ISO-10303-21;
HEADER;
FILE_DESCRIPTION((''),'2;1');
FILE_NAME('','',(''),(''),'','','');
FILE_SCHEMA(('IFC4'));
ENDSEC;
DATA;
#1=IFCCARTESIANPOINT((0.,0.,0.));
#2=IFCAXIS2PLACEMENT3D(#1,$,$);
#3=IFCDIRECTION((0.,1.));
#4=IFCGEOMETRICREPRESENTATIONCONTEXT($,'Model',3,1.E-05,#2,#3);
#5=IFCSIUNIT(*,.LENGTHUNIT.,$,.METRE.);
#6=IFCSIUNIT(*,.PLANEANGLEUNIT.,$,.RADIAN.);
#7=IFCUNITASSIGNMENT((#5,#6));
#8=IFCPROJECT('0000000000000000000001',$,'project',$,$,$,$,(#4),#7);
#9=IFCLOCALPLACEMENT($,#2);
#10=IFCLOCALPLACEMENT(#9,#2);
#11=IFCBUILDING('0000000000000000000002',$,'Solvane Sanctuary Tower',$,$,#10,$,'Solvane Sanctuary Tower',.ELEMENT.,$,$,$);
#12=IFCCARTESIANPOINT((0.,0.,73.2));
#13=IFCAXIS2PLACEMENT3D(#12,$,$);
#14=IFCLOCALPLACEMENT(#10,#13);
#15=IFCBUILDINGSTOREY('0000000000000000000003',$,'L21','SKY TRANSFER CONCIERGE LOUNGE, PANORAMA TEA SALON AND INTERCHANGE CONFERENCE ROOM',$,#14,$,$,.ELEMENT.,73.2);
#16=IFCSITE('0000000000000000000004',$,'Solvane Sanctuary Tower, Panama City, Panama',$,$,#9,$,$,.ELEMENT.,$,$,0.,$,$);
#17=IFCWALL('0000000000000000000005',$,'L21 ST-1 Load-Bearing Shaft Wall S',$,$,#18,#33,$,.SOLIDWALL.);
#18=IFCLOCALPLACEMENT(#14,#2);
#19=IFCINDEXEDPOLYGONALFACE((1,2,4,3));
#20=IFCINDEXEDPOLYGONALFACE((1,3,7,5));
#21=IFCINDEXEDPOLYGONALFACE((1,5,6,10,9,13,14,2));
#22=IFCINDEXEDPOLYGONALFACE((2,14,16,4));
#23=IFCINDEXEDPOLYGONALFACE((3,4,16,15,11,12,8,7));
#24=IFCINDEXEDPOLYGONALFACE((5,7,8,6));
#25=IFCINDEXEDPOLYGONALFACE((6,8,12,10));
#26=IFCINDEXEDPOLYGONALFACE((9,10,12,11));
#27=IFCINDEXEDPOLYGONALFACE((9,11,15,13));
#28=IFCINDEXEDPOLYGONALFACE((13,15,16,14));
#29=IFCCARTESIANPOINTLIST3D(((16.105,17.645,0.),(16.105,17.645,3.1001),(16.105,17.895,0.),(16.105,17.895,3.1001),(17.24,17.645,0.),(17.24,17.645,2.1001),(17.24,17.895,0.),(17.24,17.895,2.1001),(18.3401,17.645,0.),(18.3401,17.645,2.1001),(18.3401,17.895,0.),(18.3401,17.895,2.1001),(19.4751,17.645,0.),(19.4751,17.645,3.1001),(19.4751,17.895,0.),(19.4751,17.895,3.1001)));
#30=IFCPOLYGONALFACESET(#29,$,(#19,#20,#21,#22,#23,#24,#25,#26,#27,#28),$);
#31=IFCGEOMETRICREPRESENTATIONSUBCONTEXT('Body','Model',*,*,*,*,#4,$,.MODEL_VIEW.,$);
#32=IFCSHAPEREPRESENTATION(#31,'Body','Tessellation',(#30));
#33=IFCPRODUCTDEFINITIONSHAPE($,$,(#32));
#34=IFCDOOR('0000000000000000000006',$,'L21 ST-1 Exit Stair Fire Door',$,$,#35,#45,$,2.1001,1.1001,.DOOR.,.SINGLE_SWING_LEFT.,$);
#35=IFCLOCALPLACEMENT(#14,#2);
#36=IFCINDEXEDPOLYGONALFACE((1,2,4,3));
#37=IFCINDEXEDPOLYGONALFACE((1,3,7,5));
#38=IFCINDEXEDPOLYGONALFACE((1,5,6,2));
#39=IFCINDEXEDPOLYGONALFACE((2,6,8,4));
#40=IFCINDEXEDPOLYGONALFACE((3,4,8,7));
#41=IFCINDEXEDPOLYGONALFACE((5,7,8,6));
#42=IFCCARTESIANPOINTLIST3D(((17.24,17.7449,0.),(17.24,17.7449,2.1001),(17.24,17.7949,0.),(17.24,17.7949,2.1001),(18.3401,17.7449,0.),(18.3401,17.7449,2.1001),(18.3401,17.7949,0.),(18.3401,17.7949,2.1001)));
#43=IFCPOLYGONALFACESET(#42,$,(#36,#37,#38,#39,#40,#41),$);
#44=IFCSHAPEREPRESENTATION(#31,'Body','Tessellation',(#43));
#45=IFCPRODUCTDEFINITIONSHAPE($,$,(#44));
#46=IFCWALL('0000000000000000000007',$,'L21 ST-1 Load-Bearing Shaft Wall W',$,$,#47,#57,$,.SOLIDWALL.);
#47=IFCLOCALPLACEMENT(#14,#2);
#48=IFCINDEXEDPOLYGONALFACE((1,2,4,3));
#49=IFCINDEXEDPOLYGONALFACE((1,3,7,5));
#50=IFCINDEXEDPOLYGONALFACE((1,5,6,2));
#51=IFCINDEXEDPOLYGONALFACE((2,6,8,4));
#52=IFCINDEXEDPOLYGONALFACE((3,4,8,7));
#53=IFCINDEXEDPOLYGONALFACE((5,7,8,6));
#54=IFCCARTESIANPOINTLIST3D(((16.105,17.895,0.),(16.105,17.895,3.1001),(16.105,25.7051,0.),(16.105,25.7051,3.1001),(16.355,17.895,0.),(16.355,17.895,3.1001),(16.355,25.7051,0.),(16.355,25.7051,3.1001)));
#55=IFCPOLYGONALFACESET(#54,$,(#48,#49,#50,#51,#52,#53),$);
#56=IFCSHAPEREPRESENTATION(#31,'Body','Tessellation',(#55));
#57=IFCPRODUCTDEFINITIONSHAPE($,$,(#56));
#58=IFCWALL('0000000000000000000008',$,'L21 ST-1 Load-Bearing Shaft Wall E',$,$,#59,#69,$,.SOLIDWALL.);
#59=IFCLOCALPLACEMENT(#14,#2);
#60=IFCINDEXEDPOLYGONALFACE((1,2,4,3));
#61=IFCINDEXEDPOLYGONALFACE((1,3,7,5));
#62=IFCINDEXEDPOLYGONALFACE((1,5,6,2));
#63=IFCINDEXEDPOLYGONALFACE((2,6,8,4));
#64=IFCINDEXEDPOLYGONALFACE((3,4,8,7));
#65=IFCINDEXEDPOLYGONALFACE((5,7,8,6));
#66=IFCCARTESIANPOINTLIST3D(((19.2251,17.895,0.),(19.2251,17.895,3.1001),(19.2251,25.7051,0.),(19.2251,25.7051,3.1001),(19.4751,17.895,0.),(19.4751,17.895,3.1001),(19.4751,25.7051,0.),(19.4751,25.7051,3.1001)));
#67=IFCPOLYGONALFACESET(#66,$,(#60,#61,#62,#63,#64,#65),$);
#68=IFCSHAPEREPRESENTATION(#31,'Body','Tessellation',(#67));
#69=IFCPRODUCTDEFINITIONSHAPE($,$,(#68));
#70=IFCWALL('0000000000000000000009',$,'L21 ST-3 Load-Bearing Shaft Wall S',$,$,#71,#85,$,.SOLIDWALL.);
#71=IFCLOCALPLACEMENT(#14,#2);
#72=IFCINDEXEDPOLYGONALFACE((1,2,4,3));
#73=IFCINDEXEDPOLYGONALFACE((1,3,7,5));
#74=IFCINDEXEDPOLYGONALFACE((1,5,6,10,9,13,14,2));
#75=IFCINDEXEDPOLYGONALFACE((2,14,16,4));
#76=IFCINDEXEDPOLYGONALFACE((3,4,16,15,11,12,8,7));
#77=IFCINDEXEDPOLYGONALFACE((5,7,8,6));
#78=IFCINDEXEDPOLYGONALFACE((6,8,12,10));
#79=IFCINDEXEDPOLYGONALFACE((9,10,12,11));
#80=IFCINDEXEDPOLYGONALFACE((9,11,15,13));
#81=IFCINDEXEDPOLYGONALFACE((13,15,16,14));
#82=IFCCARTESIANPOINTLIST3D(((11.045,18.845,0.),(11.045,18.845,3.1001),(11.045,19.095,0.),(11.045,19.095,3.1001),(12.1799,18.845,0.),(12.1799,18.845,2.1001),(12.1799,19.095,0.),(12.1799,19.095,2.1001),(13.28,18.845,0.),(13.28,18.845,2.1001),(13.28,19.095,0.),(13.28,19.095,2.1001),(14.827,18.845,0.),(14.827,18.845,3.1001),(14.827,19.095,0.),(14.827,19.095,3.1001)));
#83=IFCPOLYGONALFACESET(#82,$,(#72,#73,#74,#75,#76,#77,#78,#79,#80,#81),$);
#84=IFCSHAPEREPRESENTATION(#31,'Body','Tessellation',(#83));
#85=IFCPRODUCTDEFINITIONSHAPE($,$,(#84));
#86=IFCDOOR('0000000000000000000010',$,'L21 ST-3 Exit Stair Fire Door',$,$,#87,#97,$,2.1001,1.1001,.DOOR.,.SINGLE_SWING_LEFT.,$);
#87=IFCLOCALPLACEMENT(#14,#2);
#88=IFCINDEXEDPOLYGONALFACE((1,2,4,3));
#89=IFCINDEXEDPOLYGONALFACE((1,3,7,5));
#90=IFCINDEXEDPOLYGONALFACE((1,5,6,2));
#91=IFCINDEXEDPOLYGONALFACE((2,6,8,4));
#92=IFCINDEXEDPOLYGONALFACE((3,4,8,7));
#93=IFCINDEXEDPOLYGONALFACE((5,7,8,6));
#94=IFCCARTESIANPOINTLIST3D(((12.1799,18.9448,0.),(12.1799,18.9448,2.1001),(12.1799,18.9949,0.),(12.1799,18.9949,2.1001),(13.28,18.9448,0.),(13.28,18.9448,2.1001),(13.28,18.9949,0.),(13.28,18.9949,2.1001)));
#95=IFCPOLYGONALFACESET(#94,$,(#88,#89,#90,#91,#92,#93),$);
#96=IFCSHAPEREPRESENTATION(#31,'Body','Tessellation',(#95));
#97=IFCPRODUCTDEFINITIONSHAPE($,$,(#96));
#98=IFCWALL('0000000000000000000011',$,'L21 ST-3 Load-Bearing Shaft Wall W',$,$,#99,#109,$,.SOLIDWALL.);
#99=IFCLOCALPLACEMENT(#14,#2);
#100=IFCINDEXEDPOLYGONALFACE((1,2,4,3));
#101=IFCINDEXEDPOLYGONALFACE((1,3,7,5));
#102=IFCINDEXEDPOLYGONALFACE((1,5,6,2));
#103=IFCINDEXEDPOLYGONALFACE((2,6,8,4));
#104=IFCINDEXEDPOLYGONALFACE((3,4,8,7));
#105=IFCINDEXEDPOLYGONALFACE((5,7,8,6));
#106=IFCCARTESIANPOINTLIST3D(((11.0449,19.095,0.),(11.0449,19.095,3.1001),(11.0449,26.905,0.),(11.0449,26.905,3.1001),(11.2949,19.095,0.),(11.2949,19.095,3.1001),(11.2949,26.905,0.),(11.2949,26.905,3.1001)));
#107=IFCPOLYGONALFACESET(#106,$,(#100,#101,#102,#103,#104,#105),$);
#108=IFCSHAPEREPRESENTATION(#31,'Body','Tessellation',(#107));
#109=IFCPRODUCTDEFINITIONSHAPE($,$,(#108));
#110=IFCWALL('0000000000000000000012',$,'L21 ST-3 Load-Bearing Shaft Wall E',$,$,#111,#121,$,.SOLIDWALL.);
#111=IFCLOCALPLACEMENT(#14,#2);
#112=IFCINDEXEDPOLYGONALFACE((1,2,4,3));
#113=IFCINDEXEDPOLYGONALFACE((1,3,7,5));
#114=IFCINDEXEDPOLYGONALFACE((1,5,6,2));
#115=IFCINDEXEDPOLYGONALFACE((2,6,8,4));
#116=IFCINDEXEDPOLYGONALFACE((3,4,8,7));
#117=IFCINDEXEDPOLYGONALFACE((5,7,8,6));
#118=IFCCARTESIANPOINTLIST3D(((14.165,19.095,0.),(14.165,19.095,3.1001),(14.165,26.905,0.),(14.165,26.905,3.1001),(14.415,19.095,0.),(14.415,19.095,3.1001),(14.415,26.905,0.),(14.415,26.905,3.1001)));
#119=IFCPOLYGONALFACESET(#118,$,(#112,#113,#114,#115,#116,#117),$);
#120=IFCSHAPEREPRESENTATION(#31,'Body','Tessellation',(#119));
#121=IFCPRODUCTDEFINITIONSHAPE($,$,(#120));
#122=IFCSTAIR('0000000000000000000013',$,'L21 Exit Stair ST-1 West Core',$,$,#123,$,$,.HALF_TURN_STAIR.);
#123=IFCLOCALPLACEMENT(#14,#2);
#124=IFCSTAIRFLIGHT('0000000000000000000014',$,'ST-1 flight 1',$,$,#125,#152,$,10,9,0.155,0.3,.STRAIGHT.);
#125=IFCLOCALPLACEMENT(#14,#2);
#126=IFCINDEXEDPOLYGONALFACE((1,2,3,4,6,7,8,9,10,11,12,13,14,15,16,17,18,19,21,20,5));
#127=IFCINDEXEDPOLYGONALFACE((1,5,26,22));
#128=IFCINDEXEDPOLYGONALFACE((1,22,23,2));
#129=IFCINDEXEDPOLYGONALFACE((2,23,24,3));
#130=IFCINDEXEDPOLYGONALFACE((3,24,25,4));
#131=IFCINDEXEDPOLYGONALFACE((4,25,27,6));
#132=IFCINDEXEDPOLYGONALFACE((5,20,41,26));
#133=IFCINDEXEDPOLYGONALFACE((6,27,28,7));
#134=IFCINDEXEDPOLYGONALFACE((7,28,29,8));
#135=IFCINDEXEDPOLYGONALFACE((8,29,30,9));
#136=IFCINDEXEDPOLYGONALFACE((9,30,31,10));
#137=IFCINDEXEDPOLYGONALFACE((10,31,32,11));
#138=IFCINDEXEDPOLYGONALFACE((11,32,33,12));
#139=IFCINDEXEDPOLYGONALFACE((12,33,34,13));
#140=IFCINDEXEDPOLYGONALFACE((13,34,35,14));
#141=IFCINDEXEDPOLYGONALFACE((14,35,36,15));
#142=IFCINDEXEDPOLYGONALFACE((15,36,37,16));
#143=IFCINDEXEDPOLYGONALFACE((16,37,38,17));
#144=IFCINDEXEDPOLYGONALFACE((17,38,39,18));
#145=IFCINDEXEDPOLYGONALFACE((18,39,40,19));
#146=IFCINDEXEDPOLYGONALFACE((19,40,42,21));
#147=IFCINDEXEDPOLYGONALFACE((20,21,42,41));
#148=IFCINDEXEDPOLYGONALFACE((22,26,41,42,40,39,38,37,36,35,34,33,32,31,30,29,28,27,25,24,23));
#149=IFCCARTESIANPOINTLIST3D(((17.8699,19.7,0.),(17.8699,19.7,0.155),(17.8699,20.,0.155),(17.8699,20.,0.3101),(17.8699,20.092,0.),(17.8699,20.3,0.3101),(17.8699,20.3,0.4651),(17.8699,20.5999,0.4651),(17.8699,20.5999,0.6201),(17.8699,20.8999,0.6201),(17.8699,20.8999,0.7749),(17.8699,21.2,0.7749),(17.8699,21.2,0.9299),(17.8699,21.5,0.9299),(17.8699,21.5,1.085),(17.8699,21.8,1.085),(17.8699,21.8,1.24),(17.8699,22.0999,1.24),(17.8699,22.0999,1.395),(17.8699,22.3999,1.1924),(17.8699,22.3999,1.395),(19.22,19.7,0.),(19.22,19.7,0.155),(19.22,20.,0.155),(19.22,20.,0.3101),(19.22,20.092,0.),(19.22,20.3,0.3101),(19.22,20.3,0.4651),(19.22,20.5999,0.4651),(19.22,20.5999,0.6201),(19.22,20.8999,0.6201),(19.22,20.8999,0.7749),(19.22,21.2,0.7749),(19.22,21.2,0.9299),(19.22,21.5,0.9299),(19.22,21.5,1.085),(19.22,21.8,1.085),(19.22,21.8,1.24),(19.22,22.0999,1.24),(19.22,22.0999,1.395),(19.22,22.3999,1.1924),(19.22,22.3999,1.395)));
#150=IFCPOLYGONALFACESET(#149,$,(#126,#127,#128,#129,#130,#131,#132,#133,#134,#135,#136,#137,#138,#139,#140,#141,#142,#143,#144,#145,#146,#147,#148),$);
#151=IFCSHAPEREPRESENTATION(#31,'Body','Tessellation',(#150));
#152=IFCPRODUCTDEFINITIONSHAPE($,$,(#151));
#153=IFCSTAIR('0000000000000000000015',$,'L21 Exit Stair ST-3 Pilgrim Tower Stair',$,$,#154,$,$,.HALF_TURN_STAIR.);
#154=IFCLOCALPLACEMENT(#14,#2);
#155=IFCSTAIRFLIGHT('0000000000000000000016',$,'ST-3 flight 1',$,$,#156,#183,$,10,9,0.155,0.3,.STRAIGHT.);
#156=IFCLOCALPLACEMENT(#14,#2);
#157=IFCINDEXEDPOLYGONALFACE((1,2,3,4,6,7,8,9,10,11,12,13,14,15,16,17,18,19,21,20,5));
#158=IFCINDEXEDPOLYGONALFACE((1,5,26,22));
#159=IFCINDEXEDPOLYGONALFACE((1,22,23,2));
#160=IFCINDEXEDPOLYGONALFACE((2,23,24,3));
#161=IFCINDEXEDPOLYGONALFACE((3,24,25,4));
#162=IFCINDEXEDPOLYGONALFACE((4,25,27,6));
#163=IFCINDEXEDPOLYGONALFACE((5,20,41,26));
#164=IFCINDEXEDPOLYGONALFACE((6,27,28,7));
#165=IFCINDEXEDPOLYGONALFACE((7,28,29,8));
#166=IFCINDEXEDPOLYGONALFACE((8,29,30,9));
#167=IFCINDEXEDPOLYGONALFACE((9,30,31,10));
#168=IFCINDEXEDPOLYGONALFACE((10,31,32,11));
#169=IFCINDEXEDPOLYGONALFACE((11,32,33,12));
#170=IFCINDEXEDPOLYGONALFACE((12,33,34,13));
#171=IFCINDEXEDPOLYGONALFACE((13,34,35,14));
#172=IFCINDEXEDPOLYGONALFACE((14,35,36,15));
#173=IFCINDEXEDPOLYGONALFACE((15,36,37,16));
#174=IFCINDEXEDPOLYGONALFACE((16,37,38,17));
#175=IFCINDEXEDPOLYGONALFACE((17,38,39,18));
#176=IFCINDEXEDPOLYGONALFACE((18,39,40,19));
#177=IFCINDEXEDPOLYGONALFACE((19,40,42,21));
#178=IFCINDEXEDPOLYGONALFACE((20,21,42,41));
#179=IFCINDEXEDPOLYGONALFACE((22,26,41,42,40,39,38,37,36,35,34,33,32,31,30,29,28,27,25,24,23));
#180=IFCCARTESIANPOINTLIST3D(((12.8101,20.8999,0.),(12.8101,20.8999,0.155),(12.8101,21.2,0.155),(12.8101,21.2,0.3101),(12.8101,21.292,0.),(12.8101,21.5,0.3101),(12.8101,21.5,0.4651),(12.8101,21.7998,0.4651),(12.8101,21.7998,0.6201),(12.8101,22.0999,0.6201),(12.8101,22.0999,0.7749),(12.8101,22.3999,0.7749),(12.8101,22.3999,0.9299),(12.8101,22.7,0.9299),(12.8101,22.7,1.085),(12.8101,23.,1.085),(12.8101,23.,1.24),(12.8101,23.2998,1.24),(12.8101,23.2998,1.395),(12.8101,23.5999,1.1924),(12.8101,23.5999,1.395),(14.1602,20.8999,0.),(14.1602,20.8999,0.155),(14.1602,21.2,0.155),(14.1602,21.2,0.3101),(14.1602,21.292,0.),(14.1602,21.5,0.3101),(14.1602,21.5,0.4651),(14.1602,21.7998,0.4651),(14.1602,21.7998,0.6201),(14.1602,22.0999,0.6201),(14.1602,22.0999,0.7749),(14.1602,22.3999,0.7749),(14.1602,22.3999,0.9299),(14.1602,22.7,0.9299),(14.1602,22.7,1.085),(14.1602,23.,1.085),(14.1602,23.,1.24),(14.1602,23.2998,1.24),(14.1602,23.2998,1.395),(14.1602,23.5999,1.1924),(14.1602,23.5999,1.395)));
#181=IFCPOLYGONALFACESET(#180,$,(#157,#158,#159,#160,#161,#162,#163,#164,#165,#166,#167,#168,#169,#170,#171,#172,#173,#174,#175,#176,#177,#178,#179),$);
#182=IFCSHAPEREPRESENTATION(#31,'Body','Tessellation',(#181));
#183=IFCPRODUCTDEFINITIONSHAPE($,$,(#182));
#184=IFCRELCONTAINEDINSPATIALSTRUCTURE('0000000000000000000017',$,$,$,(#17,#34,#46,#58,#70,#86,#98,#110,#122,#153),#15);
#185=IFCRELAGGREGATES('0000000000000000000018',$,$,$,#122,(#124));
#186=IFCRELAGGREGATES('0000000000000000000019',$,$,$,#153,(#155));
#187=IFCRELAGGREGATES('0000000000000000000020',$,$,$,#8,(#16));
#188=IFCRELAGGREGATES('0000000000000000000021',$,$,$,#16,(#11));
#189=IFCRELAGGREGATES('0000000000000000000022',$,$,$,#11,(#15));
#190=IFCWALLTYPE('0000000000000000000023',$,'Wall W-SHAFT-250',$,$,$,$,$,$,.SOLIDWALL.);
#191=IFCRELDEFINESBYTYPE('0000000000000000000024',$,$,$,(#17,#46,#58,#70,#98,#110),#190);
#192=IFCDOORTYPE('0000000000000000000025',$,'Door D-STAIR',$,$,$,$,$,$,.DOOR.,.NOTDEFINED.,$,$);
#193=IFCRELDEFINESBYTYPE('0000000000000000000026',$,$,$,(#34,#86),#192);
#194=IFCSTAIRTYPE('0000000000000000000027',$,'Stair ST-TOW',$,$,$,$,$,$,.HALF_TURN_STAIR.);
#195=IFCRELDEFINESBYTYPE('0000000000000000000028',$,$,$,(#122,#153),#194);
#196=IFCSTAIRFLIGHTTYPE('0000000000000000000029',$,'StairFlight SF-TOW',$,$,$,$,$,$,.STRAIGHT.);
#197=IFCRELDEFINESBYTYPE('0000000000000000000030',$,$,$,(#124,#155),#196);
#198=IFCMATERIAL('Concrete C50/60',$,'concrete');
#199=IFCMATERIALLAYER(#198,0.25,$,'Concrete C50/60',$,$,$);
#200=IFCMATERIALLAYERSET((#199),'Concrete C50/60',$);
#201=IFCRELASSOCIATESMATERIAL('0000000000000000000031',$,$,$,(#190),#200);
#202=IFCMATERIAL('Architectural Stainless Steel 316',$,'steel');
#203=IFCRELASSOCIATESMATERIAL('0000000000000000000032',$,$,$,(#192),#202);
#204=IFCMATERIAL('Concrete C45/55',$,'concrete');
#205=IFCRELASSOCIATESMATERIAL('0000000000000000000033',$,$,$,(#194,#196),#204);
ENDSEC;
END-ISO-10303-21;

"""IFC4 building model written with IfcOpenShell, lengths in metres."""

from ifc_helpers import new_model, si_unit, direction, frame, frame_2d, origin, place, context, subcontext, project, spatial, polyline, rectangle, outline, extrude, material, layer, layer_set, type_object, element, fill, aggregate, save


model = new_model("IFC4")

# Units and contexts
model_context = context("Model", 3, precision=1e-05, world=origin(), true_north=direction((0.0, 1.0)))
body_context = subcontext(model_context, "Body", "Model", "MODEL_VIEW")
ifc_project = project(units=[si_unit("LENGTHUNIT", "METRE"), si_unit("PLANEANGLEUNIT", "RADIAN")], contexts=[model_context])

# Site, building, storey
site_placement = place(None, origin())
site = spatial("IfcSite", under=ifc_project, at=site_placement, Name="Solvane Sanctuary Tower, Panama City, Panama", CompositionType="ELEMENT", RefElevation=0.0)
building_placement = place(site_placement, origin())
building = spatial("IfcBuilding", under=site, at=building_placement, Name="Solvane Sanctuary Tower", LongName="Solvane Sanctuary Tower", CompositionType="ELEMENT")
storey_placement = place(building_placement, frame((0.0, 0.0, 73.2)))
storey = spatial("IfcBuildingStorey", under=building, at=storey_placement, Name="L21", Description="SKY TRANSFER CONCIERGE LOUNGE, PANORAMA TEA SALON AND INTERCHANGE CONFERENCE ROOM", CompositionType="ELEMENT", Elevation=73.2)

# Shared definitions
ifc_material_1 = material(Name="Concrete C50/60", Category="concrete")

# Wall, opening, door
ifc_layer_1 = layer(ifc_material_1, 0.25, Name="Concrete C50/60")
ifc_layer_set_1 = layer_set([ifc_layer_1], Name="Concrete C50/60")
wall_type_1 = type_object("IfcWallType", Name="Wall W-SHAFT-250", PredefinedType="SOLIDWALL", material=ifc_layer_set_1)
wall_1_placement = place(storey_placement, frame((16.105, 17.77, 0.0), z_axis=(0.0, 0.0, 1.0), x_axis=(1.0, 0.0, 0.0)))
wall_1 = element("IfcWall", 1, at=wall_1_placement, inside=storey, type_object=wall_type_1, Name="L21 ST-1 Load-Bearing Shaft Wall S", PredefinedType="SOLIDWALL", context=body_context, shape_type="SweptSolid", body=[
    extrude(rectangle(XDim=3.3701, YDim=0.25, at=frame_2d((1.6851, 0.0))), origin(), (0.0, 0.0, 1.0), 3.1001),
])
opening_1_placement = place(wall_1_placement, frame((1.135, 0.0, 0.0)))
opening_1 = element("IfcOpeningElement", 2, at=opening_1_placement, cuts=wall_1, PredefinedType="OPENING", context=body_context, shape_type="SweptSolid", body=[
    extrude(rectangle(XDim=1.1001, YDim=2.1001, at=frame_2d((0.55, 1.05))), frame((0.0, 0.135, 0.0), z_axis=(0.0, -1.0, 0.0), x_axis=(1.0, 0.0, 0.0)), (0.0, 0.0, 1.0), 0.27),
])
ifc_material_2 = material(Name="Architectural Stainless Steel 316", Category="steel")
door_type_1 = type_object("IfcDoorType", Name="Door D-STAIR", OperationType="NOTDEFINED", PredefinedType="DOOR", material=ifc_material_2)
door_1_placement = place(opening_1_placement, origin())
door_1 = element("IfcDoor", 3, at=door_1_placement, inside=storey, type_object=door_type_1, Name="L21 ST-1 Exit Stair Fire Door", OperationType="SINGLE_SWING_LEFT", OverallHeight=2.1001, OverallWidth=1.1001, PredefinedType="DOOR", context=body_context, shape_type="SweptSolid", body=[
    extrude(rectangle(XDim=1.1001, YDim=2.1001, at=frame_2d((0.55, 1.05))), frame((0.0, 0.0249, 0.0), z_axis=(0.0, -1.0, 0.0), x_axis=(1.0, 0.0, 0.0)), (0.0, 0.0, 1.0), 0.05),
])
fill(opening_1, door_1)

# Walls
for number, where, z_axis, x_axis, name in (
    (4, (16.23, 17.895, 0.0), (0.0, 0.0, 1.0), (0.0, 1.0, 0.0), "L21 ST-1 Load-Bearing Shaft Wall W"),
    (5, (19.3501, 17.895, 0.0), (0.0, 0.0, 1.0), (0.0, 1.0, 0.0), "L21 ST-1 Load-Bearing Shaft Wall E"),
):
    element("IfcWall", number, at=place(storey_placement, frame(where, z_axis=z_axis, x_axis=x_axis)), inside=storey, type_object=wall_type_1, Name=name, PredefinedType="SOLIDWALL", context=body_context, shape_type="SweptSolid", body=[
        extrude(rectangle(XDim=7.8101, YDim=0.25, at=frame_2d((3.905, 0.0))), origin(), (0.0, 0.0, 1.0), 3.1001),
    ])

# Wall, opening, door
wall_2_placement = place(storey_placement, frame((11.0449, 18.97, 0.0), z_axis=(0.0, 0.0, 1.0), x_axis=(1.0, 0.0, 0.0)))
wall_2 = element("IfcWall", 6, at=wall_2_placement, inside=storey, type_object=wall_type_1, Name="L21 ST-3 Load-Bearing Shaft Wall S", PredefinedType="SOLIDWALL", context=body_context, shape_type="SweptSolid", body=[
    extrude(rectangle(XDim=3.782, YDim=0.25, at=frame_2d((1.8911, 0.0))), origin(), (0.0, 0.0, 1.0), 3.1001),
])
opening_2_placement = place(wall_2_placement, frame((1.135, 0.0, 0.0)))
opening_2 = element("IfcOpeningElement", 7, at=opening_2_placement, cuts=wall_2, PredefinedType="OPENING", context=body_context, shape_type="SweptSolid", body=[
    extrude(rectangle(XDim=1.1001, YDim=2.1001, at=frame_2d((0.55, 1.05))), frame((0.0, 0.135, 0.0), z_axis=(0.0, -1.0, 0.0), x_axis=(1.0, 0.0, 0.0)), (0.0, 0.0, 1.0), 0.27),
])
door_2_placement = place(opening_2_placement, origin())
door_2 = element("IfcDoor", 8, at=door_2_placement, inside=storey, type_object=door_type_1, Name="L21 ST-3 Exit Stair Fire Door", OperationType="SINGLE_SWING_LEFT", OverallHeight=2.1001, OverallWidth=1.1001, PredefinedType="DOOR", context=body_context, shape_type="SweptSolid", body=[
    extrude(rectangle(XDim=1.1001, YDim=2.1001, at=frame_2d((0.55, 1.05))), frame((0.0, 0.0249, 0.0), z_axis=(0.0, -1.0, 0.0), x_axis=(1.0, 0.0, 0.0)), (0.0, 0.0, 1.0), 0.05),
])
fill(opening_2, door_2)

# Walls
for number, where, z_axis, x_axis, name in (
    (9, (11.1699, 19.095, 0.0), (0.0, 0.0, 1.0), (0.0, 1.0, 0.0), "L21 ST-3 Load-Bearing Shaft Wall W"),
    (10, (14.29, 19.095, 0.0), (0.0, 0.0, 1.0), (0.0, 1.0, 0.0), "L21 ST-3 Load-Bearing Shaft Wall E"),
):
    element("IfcWall", number, at=place(storey_placement, frame(where, z_axis=z_axis, x_axis=x_axis)), inside=storey, type_object=wall_type_1, Name=name, PredefinedType="SOLIDWALL", context=body_context, shape_type="SweptSolid", body=[
        extrude(rectangle(XDim=7.8101, YDim=0.25, at=frame_2d((3.905, 0.0))), origin(), (0.0, 0.0, 1.0), 3.1001),
    ])

# Stairs, stair flights
ifc_material_3 = material(Name="Concrete C45/55", Category="concrete")
stair_type = type_object("IfcStairType", Name="Stair ST-TOW", PredefinedType="HALF_TURN_STAIR", material=ifc_material_3)
stair_1_placement = place(storey_placement, origin())
stair_1 = element("IfcStair", 11, at=stair_1_placement, inside=storey, type_object=stair_type, Name="L21 Exit Stair ST-1 West Core", PredefinedType="HALF_TURN_STAIR")
stair_flight_type = type_object("IfcStairFlightType", Name="StairFlight SF-TOW", PredefinedType="STRAIGHT", material=ifc_material_3)
stair_flight_1_placement = place(storey_placement, frame((18.5449, 19.7, 0.0), z_axis=(0.0, 0.0, 1.0), x_axis=(0.0, 1.0, 0.0)))
stair_flight_1 = element("IfcStairFlight", 12, at=stair_flight_1_placement, type_object=stair_flight_type, Name="ST-1 flight 1", NumberOfRisers=10, NumberOfTreads=9, PredefinedType="STRAIGHT", RiserHeight=0.155, TreadLength=0.3, context=body_context, shape_type="SweptSolid", body=[
    extrude(outline(polyline([(0.0, 0.0), (0.0, 0.155), (0.3, 0.155), (0.3, 0.3101), (0.6001, 0.3101), (0.6001, 0.4651), (0.8999, 0.4651), (0.8999, 0.6201), (1.2, 0.6201), (1.2, 0.7749), (1.5, 0.7749), (1.5, 0.9299), (1.8, 0.9299), (1.8, 1.085), (2.1001, 1.085), (2.1001, 1.24), (2.3999, 1.24), (2.3999, 1.395), (2.7, 1.395), (2.7, 1.55), (2.7, 1.1924), (0.3921, 0.0), (0.0, 0.0)])), frame((0.0, 0.675, 0.0), z_axis=(0.0, -1.0, 0.0), x_axis=(1.0, 0.0, 0.0)), (0.0, 0.0, 1.0), 1.3501),
])
aggregate(stair_1, [stair_flight_1])
stair_2_placement = place(storey_placement, origin())
stair_2 = element("IfcStair", 13, at=stair_2_placement, inside=storey, type_object=stair_type, Name="L21 Exit Stair ST-3 Pilgrim Tower Stair", PredefinedType="HALF_TURN_STAIR")
stair_flight_2_placement = place(storey_placement, frame((13.4851, 20.8999, 0.0), z_axis=(0.0, 0.0, 1.0), x_axis=(0.0, 1.0, 0.0)))
stair_flight_2 = element("IfcStairFlight", 14, at=stair_flight_2_placement, type_object=stair_flight_type, Name="ST-3 flight 1", NumberOfRisers=10, NumberOfTreads=9, PredefinedType="STRAIGHT", RiserHeight=0.155, TreadLength=0.3, context=body_context, shape_type="SweptSolid", body=[
    extrude(outline(polyline([(0.0, 0.0), (0.0, 0.155), (0.3, 0.155), (0.3, 0.3101), (0.6001, 0.3101), (0.6001, 0.4651), (0.8999, 0.4651), (0.8999, 0.6201), (1.2, 0.6201), (1.2, 0.7749), (1.5, 0.7749), (1.5, 0.9299), (1.8, 0.9299), (1.8, 1.085), (2.1001, 1.085), (2.1001, 1.24), (2.3999, 1.24), (2.3999, 1.395), (2.7, 1.395), (2.7, 1.55), (2.7, 1.1924), (0.3921, 0.0), (0.0, 0.0)])), frame((0.0, 0.675, 0.0), z_axis=(0.0, -1.0, 0.0), x_axis=(1.0, 0.0, 0.0)), (0.0, 0.0, 1.0), 1.3501),
])
aggregate(stair_2, [stair_flight_2])

save(model, "model.ifc")
